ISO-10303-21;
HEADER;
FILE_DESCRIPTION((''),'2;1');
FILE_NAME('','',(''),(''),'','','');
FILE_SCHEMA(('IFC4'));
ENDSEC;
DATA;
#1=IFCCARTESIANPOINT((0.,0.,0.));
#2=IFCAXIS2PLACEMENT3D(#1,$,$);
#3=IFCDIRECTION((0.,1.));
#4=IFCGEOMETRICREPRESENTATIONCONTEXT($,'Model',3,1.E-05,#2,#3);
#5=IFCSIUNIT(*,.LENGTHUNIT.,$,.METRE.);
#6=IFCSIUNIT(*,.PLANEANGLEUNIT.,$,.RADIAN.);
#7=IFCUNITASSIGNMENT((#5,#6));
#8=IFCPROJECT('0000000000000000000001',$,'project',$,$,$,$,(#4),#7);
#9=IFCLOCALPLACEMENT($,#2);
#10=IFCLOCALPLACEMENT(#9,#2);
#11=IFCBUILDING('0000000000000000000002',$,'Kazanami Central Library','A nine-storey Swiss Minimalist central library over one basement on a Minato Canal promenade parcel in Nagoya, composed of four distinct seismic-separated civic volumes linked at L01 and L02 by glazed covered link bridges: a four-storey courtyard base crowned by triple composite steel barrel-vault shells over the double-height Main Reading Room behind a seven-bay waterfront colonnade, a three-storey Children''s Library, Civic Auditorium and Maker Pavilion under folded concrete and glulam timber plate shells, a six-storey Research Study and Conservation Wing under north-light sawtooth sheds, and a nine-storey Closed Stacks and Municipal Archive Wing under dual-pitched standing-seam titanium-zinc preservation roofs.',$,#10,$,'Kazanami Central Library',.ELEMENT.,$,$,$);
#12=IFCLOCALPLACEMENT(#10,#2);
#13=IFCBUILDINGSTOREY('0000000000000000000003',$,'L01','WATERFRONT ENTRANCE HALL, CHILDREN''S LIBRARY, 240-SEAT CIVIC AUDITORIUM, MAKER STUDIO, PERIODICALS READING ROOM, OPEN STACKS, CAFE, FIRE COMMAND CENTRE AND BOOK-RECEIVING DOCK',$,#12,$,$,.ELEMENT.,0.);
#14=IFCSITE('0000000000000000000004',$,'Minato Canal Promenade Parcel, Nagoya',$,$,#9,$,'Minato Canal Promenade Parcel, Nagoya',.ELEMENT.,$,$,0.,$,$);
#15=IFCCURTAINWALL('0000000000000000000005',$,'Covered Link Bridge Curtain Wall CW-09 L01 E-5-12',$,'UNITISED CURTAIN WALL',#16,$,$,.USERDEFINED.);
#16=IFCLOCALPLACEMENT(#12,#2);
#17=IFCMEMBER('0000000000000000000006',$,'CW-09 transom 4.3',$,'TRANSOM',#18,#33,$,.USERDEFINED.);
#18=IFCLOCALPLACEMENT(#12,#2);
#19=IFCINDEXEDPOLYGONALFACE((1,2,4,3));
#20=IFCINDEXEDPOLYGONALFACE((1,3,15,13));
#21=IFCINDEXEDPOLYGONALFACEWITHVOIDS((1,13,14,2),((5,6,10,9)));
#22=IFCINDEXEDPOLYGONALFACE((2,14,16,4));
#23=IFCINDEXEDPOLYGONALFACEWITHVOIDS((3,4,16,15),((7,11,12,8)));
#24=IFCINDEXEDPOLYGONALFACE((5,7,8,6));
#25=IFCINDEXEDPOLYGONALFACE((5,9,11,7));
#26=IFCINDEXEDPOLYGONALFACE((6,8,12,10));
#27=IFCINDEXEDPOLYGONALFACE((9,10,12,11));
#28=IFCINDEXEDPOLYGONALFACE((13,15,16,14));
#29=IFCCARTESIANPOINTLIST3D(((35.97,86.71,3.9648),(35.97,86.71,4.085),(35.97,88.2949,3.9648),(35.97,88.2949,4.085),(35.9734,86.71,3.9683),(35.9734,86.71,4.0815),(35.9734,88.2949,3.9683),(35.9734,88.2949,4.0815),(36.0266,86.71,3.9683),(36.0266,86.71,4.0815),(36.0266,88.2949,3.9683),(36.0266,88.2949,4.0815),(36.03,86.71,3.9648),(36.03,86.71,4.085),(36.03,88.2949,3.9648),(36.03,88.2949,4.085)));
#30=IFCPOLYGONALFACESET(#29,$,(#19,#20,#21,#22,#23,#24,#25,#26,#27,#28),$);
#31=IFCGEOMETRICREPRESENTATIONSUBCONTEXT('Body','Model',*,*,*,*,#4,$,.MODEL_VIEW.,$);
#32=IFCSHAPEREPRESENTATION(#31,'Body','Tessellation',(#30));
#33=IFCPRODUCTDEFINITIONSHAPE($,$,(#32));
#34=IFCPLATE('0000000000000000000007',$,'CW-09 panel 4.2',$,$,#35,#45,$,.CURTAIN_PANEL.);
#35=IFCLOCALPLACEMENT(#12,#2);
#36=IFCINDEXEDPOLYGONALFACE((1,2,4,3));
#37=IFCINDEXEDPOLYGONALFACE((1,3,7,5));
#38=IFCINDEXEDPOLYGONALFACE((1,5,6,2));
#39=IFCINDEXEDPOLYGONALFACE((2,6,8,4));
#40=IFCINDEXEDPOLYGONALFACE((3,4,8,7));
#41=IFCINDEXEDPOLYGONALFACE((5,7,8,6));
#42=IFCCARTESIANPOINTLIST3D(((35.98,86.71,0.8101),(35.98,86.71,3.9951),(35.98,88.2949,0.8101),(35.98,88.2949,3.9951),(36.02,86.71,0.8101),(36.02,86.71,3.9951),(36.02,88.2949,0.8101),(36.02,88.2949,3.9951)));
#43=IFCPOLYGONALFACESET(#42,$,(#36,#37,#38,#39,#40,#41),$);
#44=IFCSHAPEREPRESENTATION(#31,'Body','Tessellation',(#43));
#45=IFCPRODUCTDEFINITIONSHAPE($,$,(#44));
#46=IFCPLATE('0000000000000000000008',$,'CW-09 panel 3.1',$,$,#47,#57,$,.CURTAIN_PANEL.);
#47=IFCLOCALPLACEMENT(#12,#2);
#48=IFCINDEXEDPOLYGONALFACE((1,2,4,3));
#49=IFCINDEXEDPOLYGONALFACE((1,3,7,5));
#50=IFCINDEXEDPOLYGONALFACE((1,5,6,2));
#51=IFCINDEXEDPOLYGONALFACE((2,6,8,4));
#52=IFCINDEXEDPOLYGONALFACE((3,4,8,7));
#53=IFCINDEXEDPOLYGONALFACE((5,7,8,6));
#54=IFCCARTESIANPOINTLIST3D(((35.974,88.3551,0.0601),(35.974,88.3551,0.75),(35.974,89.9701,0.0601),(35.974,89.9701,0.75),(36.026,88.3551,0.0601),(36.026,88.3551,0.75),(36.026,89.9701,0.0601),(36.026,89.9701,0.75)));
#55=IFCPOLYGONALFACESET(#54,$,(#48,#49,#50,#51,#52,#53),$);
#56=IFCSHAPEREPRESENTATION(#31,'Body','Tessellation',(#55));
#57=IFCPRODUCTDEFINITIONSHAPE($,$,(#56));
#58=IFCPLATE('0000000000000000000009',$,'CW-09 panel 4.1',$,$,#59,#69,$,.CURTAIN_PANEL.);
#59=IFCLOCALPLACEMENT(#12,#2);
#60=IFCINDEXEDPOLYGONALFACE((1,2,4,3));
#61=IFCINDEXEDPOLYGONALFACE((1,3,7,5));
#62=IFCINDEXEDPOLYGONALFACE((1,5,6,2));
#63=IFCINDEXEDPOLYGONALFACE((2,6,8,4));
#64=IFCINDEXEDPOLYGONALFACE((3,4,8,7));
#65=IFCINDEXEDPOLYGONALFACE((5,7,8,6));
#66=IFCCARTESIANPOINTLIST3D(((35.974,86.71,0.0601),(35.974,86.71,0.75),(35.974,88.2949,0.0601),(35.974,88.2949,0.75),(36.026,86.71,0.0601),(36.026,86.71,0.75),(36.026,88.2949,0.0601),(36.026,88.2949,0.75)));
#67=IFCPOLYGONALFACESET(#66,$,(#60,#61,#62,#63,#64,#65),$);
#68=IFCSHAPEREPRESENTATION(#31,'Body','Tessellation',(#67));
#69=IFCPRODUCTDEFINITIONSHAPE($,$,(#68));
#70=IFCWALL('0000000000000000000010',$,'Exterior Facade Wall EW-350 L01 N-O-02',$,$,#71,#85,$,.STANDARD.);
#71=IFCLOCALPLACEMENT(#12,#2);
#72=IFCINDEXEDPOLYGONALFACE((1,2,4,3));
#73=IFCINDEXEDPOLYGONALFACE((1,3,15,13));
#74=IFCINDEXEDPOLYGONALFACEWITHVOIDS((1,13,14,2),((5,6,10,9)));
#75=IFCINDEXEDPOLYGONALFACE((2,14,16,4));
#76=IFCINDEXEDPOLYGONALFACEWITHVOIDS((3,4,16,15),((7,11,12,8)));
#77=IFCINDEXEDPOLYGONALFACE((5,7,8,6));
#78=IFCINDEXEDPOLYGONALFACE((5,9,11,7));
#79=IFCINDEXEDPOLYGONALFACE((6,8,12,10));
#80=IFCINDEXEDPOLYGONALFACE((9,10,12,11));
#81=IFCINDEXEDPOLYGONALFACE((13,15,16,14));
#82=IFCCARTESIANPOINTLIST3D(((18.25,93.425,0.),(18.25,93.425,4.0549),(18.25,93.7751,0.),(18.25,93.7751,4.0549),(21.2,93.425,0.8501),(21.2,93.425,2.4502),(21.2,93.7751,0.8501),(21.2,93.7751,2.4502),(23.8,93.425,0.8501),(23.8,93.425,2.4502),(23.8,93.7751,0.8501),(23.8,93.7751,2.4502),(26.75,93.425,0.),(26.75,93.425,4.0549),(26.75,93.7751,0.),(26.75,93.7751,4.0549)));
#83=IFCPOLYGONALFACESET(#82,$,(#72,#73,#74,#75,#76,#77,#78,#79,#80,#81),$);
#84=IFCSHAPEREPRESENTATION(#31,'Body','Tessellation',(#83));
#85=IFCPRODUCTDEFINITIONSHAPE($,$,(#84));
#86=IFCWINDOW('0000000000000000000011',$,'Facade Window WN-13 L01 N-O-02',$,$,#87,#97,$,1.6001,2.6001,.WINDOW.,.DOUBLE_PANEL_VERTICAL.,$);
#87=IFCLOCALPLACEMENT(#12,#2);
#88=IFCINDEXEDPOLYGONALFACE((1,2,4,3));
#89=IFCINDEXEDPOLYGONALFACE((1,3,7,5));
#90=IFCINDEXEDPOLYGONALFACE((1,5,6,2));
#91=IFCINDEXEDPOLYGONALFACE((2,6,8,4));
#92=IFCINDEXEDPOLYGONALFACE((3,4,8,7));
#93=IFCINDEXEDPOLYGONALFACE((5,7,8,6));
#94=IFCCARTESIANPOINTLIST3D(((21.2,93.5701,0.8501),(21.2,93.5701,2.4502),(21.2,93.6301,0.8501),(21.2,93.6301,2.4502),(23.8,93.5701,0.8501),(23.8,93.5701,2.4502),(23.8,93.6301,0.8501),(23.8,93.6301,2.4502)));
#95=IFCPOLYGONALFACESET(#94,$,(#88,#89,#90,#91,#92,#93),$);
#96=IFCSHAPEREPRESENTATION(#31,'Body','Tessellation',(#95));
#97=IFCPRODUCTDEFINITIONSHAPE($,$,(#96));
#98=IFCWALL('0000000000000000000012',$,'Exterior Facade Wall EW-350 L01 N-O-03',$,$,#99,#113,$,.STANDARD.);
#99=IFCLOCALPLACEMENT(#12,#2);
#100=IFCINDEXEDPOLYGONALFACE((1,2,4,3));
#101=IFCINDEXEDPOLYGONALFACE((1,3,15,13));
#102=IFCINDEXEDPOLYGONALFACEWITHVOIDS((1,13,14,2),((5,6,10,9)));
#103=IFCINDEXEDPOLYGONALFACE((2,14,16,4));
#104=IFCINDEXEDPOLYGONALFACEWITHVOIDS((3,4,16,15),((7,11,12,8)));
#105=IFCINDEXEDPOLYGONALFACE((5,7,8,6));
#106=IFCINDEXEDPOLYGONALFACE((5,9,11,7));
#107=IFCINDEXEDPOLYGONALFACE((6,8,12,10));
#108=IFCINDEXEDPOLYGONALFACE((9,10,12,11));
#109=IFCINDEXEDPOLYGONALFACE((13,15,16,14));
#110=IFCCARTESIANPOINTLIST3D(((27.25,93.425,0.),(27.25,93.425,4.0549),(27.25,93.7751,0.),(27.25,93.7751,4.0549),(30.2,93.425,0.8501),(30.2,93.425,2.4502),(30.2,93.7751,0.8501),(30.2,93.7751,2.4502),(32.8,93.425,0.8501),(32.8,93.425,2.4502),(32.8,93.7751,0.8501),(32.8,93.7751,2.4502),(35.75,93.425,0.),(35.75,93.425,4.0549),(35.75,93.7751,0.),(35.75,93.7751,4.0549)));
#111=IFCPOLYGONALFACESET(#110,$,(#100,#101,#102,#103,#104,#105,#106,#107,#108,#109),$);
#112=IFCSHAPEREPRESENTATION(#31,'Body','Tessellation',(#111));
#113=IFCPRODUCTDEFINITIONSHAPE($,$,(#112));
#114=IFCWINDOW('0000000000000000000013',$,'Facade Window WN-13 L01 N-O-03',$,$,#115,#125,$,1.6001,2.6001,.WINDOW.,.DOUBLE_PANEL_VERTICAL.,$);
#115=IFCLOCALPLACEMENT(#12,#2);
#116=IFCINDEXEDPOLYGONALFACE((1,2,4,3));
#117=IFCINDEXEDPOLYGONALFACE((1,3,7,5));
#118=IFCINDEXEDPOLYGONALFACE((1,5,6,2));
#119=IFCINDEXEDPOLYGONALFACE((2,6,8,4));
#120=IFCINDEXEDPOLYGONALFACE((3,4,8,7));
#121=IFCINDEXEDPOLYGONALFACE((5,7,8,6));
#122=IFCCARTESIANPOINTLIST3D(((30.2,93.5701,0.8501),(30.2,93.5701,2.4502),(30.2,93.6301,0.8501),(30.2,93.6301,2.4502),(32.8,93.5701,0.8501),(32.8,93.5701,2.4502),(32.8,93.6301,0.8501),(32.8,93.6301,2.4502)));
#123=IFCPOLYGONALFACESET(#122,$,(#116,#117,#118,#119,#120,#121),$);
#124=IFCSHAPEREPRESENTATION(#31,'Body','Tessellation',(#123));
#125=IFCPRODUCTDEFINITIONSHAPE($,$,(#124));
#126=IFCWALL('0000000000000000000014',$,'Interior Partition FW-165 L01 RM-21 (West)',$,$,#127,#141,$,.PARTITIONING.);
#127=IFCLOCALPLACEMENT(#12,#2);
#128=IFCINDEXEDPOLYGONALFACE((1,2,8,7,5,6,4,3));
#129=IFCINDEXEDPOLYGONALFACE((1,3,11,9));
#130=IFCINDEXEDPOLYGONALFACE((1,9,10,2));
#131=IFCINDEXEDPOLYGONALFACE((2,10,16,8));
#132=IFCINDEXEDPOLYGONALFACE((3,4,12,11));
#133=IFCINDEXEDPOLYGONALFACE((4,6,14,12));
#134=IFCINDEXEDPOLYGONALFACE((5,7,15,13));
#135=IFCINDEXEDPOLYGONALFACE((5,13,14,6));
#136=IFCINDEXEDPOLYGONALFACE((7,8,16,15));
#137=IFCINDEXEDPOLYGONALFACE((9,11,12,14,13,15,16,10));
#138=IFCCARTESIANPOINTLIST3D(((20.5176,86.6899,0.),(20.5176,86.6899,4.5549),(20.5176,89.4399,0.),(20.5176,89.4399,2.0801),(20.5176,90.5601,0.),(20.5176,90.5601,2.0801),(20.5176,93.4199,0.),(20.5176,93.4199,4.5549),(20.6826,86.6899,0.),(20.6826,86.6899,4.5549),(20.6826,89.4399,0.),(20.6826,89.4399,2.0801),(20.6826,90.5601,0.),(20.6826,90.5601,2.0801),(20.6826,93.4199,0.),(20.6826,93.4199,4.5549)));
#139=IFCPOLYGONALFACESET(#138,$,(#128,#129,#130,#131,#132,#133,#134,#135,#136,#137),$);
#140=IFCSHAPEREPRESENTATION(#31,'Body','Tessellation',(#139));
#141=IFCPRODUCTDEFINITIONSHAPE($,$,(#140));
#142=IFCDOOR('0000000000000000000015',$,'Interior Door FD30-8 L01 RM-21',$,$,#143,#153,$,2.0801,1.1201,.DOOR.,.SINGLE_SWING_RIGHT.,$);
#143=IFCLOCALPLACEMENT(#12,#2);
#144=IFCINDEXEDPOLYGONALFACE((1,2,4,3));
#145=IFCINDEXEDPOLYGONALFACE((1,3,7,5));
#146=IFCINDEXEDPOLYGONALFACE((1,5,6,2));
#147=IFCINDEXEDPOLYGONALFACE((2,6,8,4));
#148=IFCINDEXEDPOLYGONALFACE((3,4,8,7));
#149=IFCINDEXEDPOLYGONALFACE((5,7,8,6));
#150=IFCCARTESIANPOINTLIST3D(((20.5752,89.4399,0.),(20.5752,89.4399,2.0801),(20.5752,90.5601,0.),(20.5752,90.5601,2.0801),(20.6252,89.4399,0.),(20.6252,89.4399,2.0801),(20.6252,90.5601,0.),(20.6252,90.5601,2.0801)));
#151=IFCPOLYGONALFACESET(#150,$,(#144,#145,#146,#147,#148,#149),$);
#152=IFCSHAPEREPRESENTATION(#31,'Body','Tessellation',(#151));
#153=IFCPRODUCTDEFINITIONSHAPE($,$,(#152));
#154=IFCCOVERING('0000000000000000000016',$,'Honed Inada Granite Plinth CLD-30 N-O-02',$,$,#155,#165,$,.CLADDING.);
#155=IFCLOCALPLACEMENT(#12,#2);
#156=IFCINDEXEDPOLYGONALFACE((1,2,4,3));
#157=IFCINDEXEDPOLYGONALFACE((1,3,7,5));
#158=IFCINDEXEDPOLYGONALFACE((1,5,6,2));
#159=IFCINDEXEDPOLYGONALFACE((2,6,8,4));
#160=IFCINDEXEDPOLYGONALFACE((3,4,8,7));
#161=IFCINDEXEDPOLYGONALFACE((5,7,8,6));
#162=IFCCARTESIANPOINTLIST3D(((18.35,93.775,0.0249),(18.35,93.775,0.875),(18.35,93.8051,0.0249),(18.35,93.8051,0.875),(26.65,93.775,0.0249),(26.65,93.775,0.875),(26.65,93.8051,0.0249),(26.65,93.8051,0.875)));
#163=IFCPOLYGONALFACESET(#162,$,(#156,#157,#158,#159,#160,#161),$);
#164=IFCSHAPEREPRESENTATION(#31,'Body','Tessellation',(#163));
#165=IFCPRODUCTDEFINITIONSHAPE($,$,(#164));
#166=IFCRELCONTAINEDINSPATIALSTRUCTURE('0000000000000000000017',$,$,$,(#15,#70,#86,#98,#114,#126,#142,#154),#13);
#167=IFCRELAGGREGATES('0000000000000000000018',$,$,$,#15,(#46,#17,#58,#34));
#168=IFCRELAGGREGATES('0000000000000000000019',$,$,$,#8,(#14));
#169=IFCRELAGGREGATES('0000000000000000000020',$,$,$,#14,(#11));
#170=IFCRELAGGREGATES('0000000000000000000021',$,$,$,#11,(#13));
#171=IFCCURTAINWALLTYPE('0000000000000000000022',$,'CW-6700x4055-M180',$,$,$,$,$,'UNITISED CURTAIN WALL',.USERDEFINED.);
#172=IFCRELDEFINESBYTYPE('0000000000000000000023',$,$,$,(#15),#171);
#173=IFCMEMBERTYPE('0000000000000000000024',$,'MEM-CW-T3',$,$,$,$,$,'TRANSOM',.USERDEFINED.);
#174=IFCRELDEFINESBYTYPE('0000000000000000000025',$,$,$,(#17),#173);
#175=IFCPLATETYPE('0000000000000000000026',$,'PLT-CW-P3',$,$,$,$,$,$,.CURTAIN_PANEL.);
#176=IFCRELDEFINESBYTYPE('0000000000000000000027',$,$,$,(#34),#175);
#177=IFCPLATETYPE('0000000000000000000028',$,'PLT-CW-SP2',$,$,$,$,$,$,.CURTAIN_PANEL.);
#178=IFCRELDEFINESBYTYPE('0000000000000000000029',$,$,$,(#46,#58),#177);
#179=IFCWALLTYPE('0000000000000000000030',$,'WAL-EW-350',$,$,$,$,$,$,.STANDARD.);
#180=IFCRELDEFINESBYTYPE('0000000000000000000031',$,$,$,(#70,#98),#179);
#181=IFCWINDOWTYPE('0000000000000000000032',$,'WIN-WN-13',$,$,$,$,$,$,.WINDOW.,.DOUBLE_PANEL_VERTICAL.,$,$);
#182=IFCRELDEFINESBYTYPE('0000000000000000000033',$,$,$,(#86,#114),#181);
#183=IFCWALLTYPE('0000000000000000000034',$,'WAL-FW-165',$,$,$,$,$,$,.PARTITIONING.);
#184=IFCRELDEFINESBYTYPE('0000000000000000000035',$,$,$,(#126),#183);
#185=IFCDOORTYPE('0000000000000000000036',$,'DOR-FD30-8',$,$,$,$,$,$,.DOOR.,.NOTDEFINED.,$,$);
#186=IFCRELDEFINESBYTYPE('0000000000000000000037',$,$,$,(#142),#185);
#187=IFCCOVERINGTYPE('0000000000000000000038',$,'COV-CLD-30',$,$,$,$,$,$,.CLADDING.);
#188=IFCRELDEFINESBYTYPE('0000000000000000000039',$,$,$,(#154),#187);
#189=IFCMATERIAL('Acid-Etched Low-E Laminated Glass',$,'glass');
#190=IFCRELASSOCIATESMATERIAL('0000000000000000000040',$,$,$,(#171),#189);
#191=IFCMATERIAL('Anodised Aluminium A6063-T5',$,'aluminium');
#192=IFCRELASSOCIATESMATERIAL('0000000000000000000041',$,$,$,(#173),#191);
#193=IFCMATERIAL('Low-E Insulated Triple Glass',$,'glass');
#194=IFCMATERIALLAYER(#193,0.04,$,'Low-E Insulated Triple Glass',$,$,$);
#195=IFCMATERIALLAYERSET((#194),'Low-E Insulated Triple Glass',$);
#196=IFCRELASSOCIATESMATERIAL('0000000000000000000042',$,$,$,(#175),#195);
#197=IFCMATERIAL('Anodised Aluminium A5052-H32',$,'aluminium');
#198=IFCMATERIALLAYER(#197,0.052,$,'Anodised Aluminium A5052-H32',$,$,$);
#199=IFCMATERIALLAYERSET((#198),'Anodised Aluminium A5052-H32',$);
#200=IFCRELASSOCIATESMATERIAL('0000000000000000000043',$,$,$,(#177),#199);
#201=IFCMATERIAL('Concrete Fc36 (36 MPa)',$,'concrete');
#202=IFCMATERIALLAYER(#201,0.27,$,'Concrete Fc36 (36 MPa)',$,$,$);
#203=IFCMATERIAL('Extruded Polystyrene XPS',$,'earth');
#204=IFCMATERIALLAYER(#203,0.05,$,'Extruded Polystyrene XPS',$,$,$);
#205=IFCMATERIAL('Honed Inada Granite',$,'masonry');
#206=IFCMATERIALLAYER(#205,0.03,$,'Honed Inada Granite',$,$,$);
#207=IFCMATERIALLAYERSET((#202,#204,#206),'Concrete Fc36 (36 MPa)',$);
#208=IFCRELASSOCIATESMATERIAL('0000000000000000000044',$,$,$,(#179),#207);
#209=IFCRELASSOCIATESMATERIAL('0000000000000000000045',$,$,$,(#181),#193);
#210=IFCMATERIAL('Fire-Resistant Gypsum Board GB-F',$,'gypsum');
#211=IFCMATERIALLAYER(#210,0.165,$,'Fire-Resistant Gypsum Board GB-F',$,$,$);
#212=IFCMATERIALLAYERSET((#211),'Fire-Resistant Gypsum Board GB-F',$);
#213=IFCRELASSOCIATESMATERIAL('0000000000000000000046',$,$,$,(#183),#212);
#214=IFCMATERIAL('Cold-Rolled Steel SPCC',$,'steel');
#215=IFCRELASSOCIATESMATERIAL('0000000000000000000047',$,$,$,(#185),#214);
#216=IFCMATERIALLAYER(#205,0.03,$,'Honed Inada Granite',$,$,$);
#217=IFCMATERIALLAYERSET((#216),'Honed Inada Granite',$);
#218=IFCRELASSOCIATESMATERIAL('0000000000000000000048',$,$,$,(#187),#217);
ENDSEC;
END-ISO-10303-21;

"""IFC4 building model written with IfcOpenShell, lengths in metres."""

from ifc_helpers import new_model, si_unit, direction, frame, frame_2d, origin, origin_2d, place, context, subcontext, project, spatial, rectangle, hollow_rectangle, extrude, material, layer, layer_set, material_profile, profile_set, type_object, element, fill, aggregate, save


model = new_model("IFC4")

# Units and contexts
model_context = context("Model", 3, precision=1e-05, world=origin(), true_north=direction((0.0, 1.0)))
body_context = subcontext(model_context, "Body", "Model", "MODEL_VIEW")
ifc_project = project(units=[si_unit("LENGTHUNIT", "METRE"), si_unit("PLANEANGLEUNIT", "RADIAN")], contexts=[model_context])

# Site, building, storey
site_placement = place(None, origin())
site = spatial("IfcSite", under=ifc_project, at=site_placement, Name="Minato Canal Promenade Parcel, Nagoya", LongName="Minato Canal Promenade Parcel, Nagoya", CompositionType="ELEMENT", RefElevation=0.0)
building_placement = place(site_placement, origin())
building = spatial("IfcBuilding", under=site, at=building_placement, Name="Kazanami Central Library", Description="A nine-storey Swiss Minimalist central library over one basement on a Minato Canal promenade parcel in Nagoya, composed of four distinct seismic-separated civic volumes linked at L01 and L02 by glazed covered link bridges: a four-storey courtyard base crowned by triple composite steel barrel-vault shells over the double-height Main Reading Room behind a seven-bay waterfront colonnade, a three-storey Children's Library, Civic Auditorium and Maker Pavilion under folded concrete and glulam timber plate shells, a six-storey Research Study and Conservation Wing under north-light sawtooth sheds, and a nine-storey Closed Stacks and Municipal Archive Wing under dual-pitched standing-seam titanium-zinc preservation roofs.", LongName="Kazanami Central Library", CompositionType="ELEMENT")
storey_placement = place(building_placement, origin())
storey = spatial("IfcBuildingStorey", under=building, at=storey_placement, Name="L01", Description="WATERFRONT ENTRANCE HALL, CHILDREN'S LIBRARY, 240-SEAT CIVIC AUDITORIUM, MAKER STUDIO, PERIODICALS READING ROOM, OPEN STACKS, CAFE, FIRE COMMAND CENTRE AND BOOK-RECEIVING DOCK", CompositionType="ELEMENT", Elevation=0.0)

# Curtain wall, member, plates
ifc_material_1 = material(Name="Acid-Etched Low-E Laminated Glass", Category="glass")
curtain_wall_type = type_object("IfcCurtainWallType", Name="CW-6700x4055-M180", ElementType="UNITISED CURTAIN WALL", PredefinedType="USERDEFINED", material=ifc_material_1)
curtain_wall_placement = place(storey_placement, origin())
curtain_wall = element("IfcCurtainWall", 1, at=curtain_wall_placement, inside=storey, type_object=curtain_wall_type, Name="Covered Link Bridge Curtain Wall CW-09 L01 E-5-12", ObjectType="UNITISED CURTAIN WALL", PredefinedType="USERDEFINED")
ifc_material_2 = material(Name="Anodised Aluminium A6063-T5", Category="aluminium")
ifc_material_profile_1 = material_profile(ifc_material_2, hollow_rectangle(XDim=0.0601, YDim=0.1201, WallThickness=0.0034, at=origin_2d()), Name="ALU-TRAN-60x120x3.5")
ifc_profile_set_1 = profile_set([ifc_material_profile_1], Name="Anodised Aluminium A6063-T5")
member_type_1 = type_object("IfcMemberType", Name="MEM-CW-T3", ElementType="TRANSOM", PredefinedType="USERDEFINED", material=ifc_profile_set_1)
member_1_placement = place(storey_placement, frame((36.0, 88.2949, 4.0249), z_axis=(0.0, -1.0, 0.0), x_axis=(1.0, 0.0, 0.0)))
member_1 = element("IfcMember", 2, at=member_1_placement, type_object=member_type_1, Name="CW-09 transom 4.3", ObjectType="TRANSOM", PredefinedType="USERDEFINED", context=body_context, shape_type="SweptSolid", body=[
    extrude(hollow_rectangle(XDim=0.0601, YDim=0.1201, WallThickness=0.0034, at=origin_2d()), origin(), (0.0, 0.0, 1.0), 1.585),
])
ifc_material_3 = material(Name="Low-E Insulated Triple Glass", Category="glass")
ifc_layer_1 = layer(ifc_material_3, 0.04, Name="Low-E Insulated Triple Glass")
ifc_layer_set_1 = layer_set([ifc_layer_1], Name="Low-E Insulated Triple Glass")
plate_type_1 = type_object("IfcPlateType", Name="PLT-CW-P3", PredefinedType="CURTAIN_PANEL", material=ifc_layer_set_1)
plate_1_placement = place(storey_placement, frame((36.0, 87.5024, 0.8101), z_axis=(0.0, 0.0, 1.0), x_axis=(0.0, -1.0, 0.0)))
plate_1 = element("IfcPlate", 3, at=plate_1_placement, type_object=plate_type_1, Name="CW-09 panel 4.2", PredefinedType="CURTAIN_PANEL", context=body_context, shape_type="SweptSolid", body=[
    extrude(rectangle(XDim=1.585, YDim=0.04, at=origin_2d()), origin(), (0.0, 0.0, 1.0), 3.1851),
])
ifc_material_4 = material(Name="Anodised Aluminium A5052-H32", Category="aluminium")
ifc_layer_2 = layer(ifc_material_4, 0.052, Name="Anodised Aluminium A5052-H32")
ifc_layer_set_2 = layer_set([ifc_layer_2], Name="Anodised Aluminium A5052-H32")
plate_type_2 = type_object("IfcPlateType", Name="PLT-CW-SP2", PredefinedType="CURTAIN_PANEL", material=ifc_layer_set_2)
plate_2_placement = place(storey_placement, frame((36.0, 89.1626, 0.0601), z_axis=(0.0, 0.0, 1.0), x_axis=(0.0, -1.0, 0.0)))
plate_2 = element("IfcPlate", 4, at=plate_2_placement, type_object=plate_type_2, Name="CW-09 panel 3.1", PredefinedType="CURTAIN_PANEL", context=body_context, shape_type="SweptSolid", body=[
    extrude(rectangle(XDim=1.615, YDim=0.052, at=origin_2d()), origin(), (0.0, 0.0, 1.0), 0.6899),
])
plate_3_placement = place(storey_placement, frame((36.0, 87.5024, 0.0601), z_axis=(0.0, 0.0, 1.0), x_axis=(0.0, -1.0, 0.0)))
plate_3 = element("IfcPlate", 5, at=plate_3_placement, type_object=plate_type_2, Name="CW-09 panel 4.1", PredefinedType="CURTAIN_PANEL", context=body_context, shape_type="SweptSolid", body=[
    extrude(rectangle(XDim=1.585, YDim=0.052, at=origin_2d()), origin(), (0.0, 0.0, 1.0), 0.6899),
])
aggregate(curtain_wall, [plate_2, member_1, plate_3, plate_1])

# Walls, openings, windows
ifc_material_5 = material(Name="Concrete Fc36 (36 MPa)", Category="concrete")
ifc_layer_3 = layer(ifc_material_5, 0.27, Name="Concrete Fc36 (36 MPa)")
ifc_material_6 = material(Name="Extruded Polystyrene XPS", Category="earth")
ifc_layer_4 = layer(ifc_material_6, 0.05, Name="Extruded Polystyrene XPS")
ifc_material_7 = material(Name="Honed Inada Granite", Category="masonry")
ifc_layer_5 = layer(ifc_material_7, 0.03, Name="Honed Inada Granite")
ifc_layer_set_3 = layer_set([ifc_layer_3, ifc_layer_4, ifc_layer_5], Name="Concrete Fc36 (36 MPa)")
wall_type_1 = type_object("IfcWallType", Name="WAL-EW-350", PredefinedType="STANDARD", material=ifc_layer_set_3)
wall_1_placement = place(storey_placement, frame((26.75, 93.6001, 0.0), z_axis=(0.0, 0.0, 1.0), x_axis=(-1.0, 0.0, 0.0)))
wall_1 = element("IfcWall", 6, at=wall_1_placement, inside=storey, type_object=wall_type_1, Name="Exterior Facade Wall EW-350 L01 N-O-02", PredefinedType="STANDARD", context=body_context, shape_type="SweptSolid", body=[
    extrude(rectangle(XDim=8.5, YDim=0.3501, at=frame_2d((4.25, 0.0))), origin(), (0.0, 0.0, 1.0), 4.0549),
])
opening_1_placement = place(wall_1_placement, frame((2.95, 0.0, 0.8501)))
opening_1 = element("IfcOpeningElement", 7, at=opening_1_placement, cuts=wall_1, PredefinedType="OPENING", context=body_context, shape_type="SweptSolid", body=[
    extrude(rectangle(XDim=2.6001, YDim=1.6001, at=frame_2d((1.3, 0.8))), frame((0.0, 0.187, 0.0), z_axis=(0.0, -1.0, 0.0), x_axis=(1.0, 0.0, 0.0)), (0.0, 0.0, 1.0), 0.374),
])
window_type = type_object("IfcWindowType", Name="WIN-WN-13", PartitioningType="DOUBLE_PANEL_VERTICAL", PredefinedType="WINDOW", material=ifc_material_3)
window_1_placement = place(opening_1_placement, origin())
window_1 = element("IfcWindow", 8, at=window_1_placement, inside=storey, type_object=window_type, Name="Facade Window WN-13 L01 N-O-02", OverallHeight=1.6001, OverallWidth=2.6001, PartitioningType="DOUBLE_PANEL_VERTICAL", PredefinedType="WINDOW", context=body_context, shape_type="SweptSolid", body=[
    extrude(rectangle(XDim=2.6001, YDim=1.6001, at=frame_2d((1.3, 0.8))), frame((0.0, 0.03, 0.0), z_axis=(0.0, -1.0, 0.0), x_axis=(1.0, 0.0, 0.0)), (0.0, 0.0, 1.0), 0.0601),
])
fill(opening_1, window_1)
wall_2_placement = place(storey_placement, frame((35.75, 93.6001, 0.0), z_axis=(0.0, 0.0, 1.0), x_axis=(-1.0, 0.0, 0.0)))
wall_2 = element("IfcWall", 9, at=wall_2_placement, inside=storey, type_object=wall_type_1, Name="Exterior Facade Wall EW-350 L01 N-O-03", PredefinedType="STANDARD", context=body_context, shape_type="SweptSolid", body=[
    extrude(rectangle(XDim=8.5, YDim=0.3501, at=frame_2d((4.25, 0.0))), origin(), (0.0, 0.0, 1.0), 4.0549),
])
opening_2_placement = place(wall_2_placement, frame((2.95, 0.0, 0.8501)))
opening_2 = element("IfcOpeningElement", 10, at=opening_2_placement, cuts=wall_2, PredefinedType="OPENING", context=body_context, shape_type="SweptSolid", body=[
    extrude(rectangle(XDim=2.6001, YDim=1.6001, at=frame_2d((1.3, 0.8))), frame((0.0, 0.187, 0.0), z_axis=(0.0, -1.0, 0.0), x_axis=(1.0, 0.0, 0.0)), (0.0, 0.0, 1.0), 0.374),
])
window_2_placement = place(opening_2_placement, origin())
window_2 = element("IfcWindow", 11, at=window_2_placement, inside=storey, type_object=window_type, Name="Facade Window WN-13 L01 N-O-03", OverallHeight=1.6001, OverallWidth=2.6001, PartitioningType="DOUBLE_PANEL_VERTICAL", PredefinedType="WINDOW", context=body_context, shape_type="SweptSolid", body=[
    extrude(rectangle(XDim=2.6001, YDim=1.6001, at=frame_2d((1.3, 0.8))), frame((0.0, 0.03, 0.0), z_axis=(0.0, -1.0, 0.0), x_axis=(1.0, 0.0, 0.0)), (0.0, 0.0, 1.0), 0.0601),
])
fill(opening_2, window_2)

# Wall, opening, door
ifc_material_8 = material(Name="Fire-Resistant Gypsum Board GB-F", Category="gypsum")
ifc_layer_6 = layer(ifc_material_8, 0.165, Name="Fire-Resistant Gypsum Board GB-F")
ifc_layer_set_4 = layer_set([ifc_layer_6], Name="Fire-Resistant Gypsum Board GB-F")
wall_type_2 = type_object("IfcWallType", Name="WAL-FW-165", PredefinedType="PARTITIONING", material=ifc_layer_set_4)
wall_3_placement = place(storey_placement, frame((20.6001, 86.6899, 0.0), z_axis=(0.0, 0.0, 1.0), x_axis=(0.0, 1.0, 0.0)))
wall_3 = element("IfcWall", 12, at=wall_3_placement, inside=storey, type_object=wall_type_2, Name="Interior Partition FW-165 L01 RM-21 (West)", PredefinedType="PARTITIONING", context=body_context, shape_type="SweptSolid", body=[
    extrude(rectangle(XDim=6.73, YDim=0.165, at=frame_2d((3.365, 0.0))), origin(), (0.0, 0.0, 1.0), 4.5549),
])
opening_3_placement = place(wall_3_placement, frame((2.75, 0.0, 0.0)))
opening_3 = element("IfcOpeningElement", 13, at=opening_3_placement, cuts=wall_3, PredefinedType="OPENING", context=body_context, shape_type="SweptSolid", body=[
    extrude(rectangle(XDim=1.1201, YDim=2.0801, at=frame_2d((0.5601, 1.04))), frame((0.0, 0.0945, 0.0), z_axis=(0.0, -1.0, 0.0), x_axis=(1.0, 0.0, 0.0)), (0.0, 0.0, 1.0), 0.189),
])
ifc_material_9 = material(Name="Cold-Rolled Steel SPCC", Category="steel")
door_type = type_object("IfcDoorType", Name="DOR-FD30-8", OperationType="NOTDEFINED", PredefinedType="DOOR", material=ifc_material_9)
door_placement = place(opening_3_placement, origin())
door = element("IfcDoor", 14, at=door_placement, inside=storey, type_object=door_type, Name="Interior Door FD30-8 L01 RM-21", OperationType="SINGLE_SWING_RIGHT", OverallHeight=2.0801, OverallWidth=1.1201, PredefinedType="DOOR", context=body_context, shape_type="SweptSolid", body=[
    extrude(rectangle(XDim=1.1201, YDim=2.0801, at=frame_2d((0.5601, 1.04))), frame((0.0, 0.0249, 0.0), z_axis=(0.0, -1.0, 0.0), x_axis=(1.0, 0.0, 0.0)), (0.0, 0.0, 1.0), 0.05),
])
fill(opening_3, door)

# Covering
ifc_layer_7 = layer(ifc_material_7, 0.03, Name="Honed Inada Granite")
ifc_layer_set_5 = layer_set([ifc_layer_7], Name="Honed Inada Granite")
covering_type = type_object("IfcCoveringType", Name="COV-CLD-30", PredefinedType="CLADDING", material=ifc_layer_set_5)
for number, where, z_axis, x_axis, name in (
    (15, (22.5, 93.79, 0.0249), (0.0, 0.0, 1.0), (-1.0, 0.0, 0.0), "Honed Inada Granite Plinth CLD-30 N-O-02"),
):
    element("IfcCovering", number, at=place(storey_placement, frame(where, z_axis=z_axis, x_axis=x_axis)), inside=storey, type_object=covering_type, Name=name, PredefinedType="CLADDING", context=body_context, shape_type="SweptSolid", body=[
        extrude(rectangle(XDim=8.3, YDim=0.03, at=origin_2d()), origin(), (0.0, 0.0, 1.0), 0.8501),
    ])

save(model, "model.ifc")
